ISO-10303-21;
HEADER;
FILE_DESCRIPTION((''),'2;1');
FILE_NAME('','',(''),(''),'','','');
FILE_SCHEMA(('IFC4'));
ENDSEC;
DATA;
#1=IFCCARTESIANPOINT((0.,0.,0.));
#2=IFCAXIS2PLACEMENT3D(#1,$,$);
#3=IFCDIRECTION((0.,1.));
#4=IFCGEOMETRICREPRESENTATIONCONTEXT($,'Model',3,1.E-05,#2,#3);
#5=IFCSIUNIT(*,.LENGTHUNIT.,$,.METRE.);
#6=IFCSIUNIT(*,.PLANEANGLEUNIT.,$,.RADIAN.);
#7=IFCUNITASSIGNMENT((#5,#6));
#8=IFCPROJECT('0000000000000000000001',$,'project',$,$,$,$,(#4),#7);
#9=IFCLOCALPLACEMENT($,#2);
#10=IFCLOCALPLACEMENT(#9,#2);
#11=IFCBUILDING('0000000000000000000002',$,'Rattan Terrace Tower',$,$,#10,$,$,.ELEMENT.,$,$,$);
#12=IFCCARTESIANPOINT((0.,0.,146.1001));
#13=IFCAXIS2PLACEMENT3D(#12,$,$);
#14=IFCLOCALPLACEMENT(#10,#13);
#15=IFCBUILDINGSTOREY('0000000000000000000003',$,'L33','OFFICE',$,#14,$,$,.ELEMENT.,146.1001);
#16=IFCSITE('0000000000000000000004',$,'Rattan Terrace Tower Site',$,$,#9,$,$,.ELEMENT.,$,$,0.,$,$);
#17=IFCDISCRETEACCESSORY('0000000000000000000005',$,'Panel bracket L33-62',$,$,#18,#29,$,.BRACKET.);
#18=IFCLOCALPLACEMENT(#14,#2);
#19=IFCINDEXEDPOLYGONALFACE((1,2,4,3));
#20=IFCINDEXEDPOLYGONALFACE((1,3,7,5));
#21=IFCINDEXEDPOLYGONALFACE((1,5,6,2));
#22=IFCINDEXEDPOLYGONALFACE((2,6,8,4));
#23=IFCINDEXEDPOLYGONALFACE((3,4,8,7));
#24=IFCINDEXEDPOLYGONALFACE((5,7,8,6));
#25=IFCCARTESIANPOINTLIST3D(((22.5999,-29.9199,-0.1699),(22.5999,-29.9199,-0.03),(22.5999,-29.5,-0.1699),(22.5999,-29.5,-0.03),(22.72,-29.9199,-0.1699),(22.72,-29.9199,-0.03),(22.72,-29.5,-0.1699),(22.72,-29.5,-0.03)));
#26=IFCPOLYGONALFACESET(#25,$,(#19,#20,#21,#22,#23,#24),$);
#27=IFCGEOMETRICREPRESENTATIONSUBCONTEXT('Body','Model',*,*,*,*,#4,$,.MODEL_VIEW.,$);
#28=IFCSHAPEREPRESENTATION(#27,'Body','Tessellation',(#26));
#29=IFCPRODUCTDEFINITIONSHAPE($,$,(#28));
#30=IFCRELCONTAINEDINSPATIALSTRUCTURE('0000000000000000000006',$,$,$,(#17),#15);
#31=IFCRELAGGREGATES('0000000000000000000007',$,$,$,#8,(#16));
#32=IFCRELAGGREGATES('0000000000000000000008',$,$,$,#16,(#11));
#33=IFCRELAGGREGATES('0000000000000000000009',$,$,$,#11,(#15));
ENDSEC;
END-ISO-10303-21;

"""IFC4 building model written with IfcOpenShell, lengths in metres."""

from ifc_helpers import new_model, si_unit, direction, frame, origin, origin_2d, place, context, subcontext, project, spatial, rectangle, extrude, element, save


model = new_model("IFC4")

# Units and contexts
model_context = context("Model", 3, precision=1e-05, world=origin(), true_north=direction((0.0, 1.0)))
body_context = subcontext(model_context, "Body", "Model", "MODEL_VIEW")
ifc_project = project(units=[si_unit("LENGTHUNIT", "METRE"), si_unit("PLANEANGLEUNIT", "RADIAN")], contexts=[model_context])

# Site, building, storey
site_placement = place(None, origin())
site = spatial("IfcSite", under=ifc_project, at=site_placement, Name="Rattan Terrace Tower Site", CompositionType="ELEMENT", RefElevation=0.0)
building_placement = place(site_placement, origin())
building = spatial("IfcBuilding", under=site, at=building_placement, Name="Rattan Terrace Tower", CompositionType="ELEMENT")
storey_placement = place(building_placement, frame((0.0, 0.0, 146.1001)))
storey = spatial("IfcBuildingStorey", under=building, at=storey_placement, Name="L33", Description="OFFICE", CompositionType="ELEMENT", Elevation=146.1001)

# Discrete accessory
for number, where, z_axis, x_axis, name in (
    (1, (22.6599, -29.71, -0.1699), (0.0, 0.0, 1.0), (1.0, 0.0, 0.0), "Panel bracket L33-62"),
):
    element("IfcDiscreteAccessory", number, at=place(storey_placement, frame(where, z_axis=z_axis, x_axis=x_axis)), inside=storey, Name=name, PredefinedType="BRACKET", context=body_context, shape_type="SweptSolid", body=[
        extrude(rectangle(XDim=0.1201, YDim=0.4199, at=origin_2d()), origin(), (0.0, 0.0, 1.0), 0.1399),
    ])

save(model, "model.ifc")
